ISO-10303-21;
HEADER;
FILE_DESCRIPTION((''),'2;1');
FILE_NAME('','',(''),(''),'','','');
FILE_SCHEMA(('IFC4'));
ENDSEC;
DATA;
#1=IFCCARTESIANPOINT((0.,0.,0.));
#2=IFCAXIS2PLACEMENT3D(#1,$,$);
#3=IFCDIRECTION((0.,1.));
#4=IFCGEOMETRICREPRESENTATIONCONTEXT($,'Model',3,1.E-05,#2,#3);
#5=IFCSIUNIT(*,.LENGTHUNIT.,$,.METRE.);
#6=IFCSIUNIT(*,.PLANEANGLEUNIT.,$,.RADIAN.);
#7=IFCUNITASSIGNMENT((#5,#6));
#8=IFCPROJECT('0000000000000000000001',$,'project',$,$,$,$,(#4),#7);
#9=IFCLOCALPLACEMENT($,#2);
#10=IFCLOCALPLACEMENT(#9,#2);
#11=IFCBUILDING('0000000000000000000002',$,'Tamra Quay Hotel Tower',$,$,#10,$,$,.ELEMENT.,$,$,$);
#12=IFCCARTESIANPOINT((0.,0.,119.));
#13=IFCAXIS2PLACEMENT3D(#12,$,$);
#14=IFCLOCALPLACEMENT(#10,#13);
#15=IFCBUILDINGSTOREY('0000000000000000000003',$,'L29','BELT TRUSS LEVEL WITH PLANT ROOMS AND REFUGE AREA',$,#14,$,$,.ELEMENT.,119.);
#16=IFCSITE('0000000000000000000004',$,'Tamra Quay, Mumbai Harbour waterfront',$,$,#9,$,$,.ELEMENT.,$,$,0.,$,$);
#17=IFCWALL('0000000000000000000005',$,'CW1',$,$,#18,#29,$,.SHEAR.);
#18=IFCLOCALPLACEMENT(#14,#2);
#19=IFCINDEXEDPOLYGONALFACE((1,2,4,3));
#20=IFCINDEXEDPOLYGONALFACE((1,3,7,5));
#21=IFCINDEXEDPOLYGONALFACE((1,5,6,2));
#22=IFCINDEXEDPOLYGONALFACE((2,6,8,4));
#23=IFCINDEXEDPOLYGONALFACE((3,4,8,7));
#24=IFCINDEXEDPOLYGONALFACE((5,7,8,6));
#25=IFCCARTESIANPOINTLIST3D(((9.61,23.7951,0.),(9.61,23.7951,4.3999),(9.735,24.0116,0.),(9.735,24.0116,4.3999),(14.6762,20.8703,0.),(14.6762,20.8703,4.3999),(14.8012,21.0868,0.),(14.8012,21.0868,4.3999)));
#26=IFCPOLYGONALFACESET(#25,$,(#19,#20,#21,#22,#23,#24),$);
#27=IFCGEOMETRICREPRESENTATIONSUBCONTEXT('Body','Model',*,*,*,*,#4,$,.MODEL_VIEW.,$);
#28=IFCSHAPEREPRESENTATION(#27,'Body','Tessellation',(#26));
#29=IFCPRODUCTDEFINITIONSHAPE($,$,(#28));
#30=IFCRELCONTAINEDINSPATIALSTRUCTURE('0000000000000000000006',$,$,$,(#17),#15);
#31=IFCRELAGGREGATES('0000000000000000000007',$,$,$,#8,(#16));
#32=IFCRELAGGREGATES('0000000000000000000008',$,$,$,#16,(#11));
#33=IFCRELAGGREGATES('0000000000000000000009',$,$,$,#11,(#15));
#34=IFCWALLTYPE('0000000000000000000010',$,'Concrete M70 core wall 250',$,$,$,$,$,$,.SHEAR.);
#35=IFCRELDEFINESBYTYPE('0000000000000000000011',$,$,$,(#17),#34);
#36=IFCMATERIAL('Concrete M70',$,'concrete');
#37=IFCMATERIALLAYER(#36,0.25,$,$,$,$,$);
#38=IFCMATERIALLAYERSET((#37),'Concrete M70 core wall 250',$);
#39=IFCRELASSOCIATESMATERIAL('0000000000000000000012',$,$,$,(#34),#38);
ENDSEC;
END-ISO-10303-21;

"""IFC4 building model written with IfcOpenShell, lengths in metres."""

from ifc_helpers import new_model, si_unit, direction, frame, frame_2d, origin, place, context, subcontext, project, spatial, rectangle, extrude, material, layer, layer_set, type_object, element, save


model = new_model("IFC4")

# Units and contexts
model_context = context("Model", 3, precision=1e-05, world=origin(), true_north=direction((0.0, 1.0)))
body_context = subcontext(model_context, "Body", "Model", "MODEL_VIEW")
ifc_project = project(units=[si_unit("LENGTHUNIT", "METRE"), si_unit("PLANEANGLEUNIT", "RADIAN")], contexts=[model_context])

# Site, building, storey
site_placement = place(None, origin())
site = spatial("IfcSite", under=ifc_project, at=site_placement, Name="Tamra Quay, Mumbai Harbour waterfront", CompositionType="ELEMENT", RefElevation=0.0)
building_placement = place(site_placement, origin())
building = spatial("IfcBuilding", under=site, at=building_placement, Name="Tamra Quay Hotel Tower", CompositionType="ELEMENT")
storey_placement = place(building_placement, frame((0.0, 0.0, 119.0)))
storey = spatial("IfcBuildingStorey", under=building, at=storey_placement, Name="L29", Description="BELT TRUSS LEVEL WITH PLANT ROOMS AND REFUGE AREA", CompositionType="ELEMENT", Elevation=119.0)

# Shared definitions
ifc_material_1 = material(Name="Concrete M70", Category="concrete")

# Wall
ifc_layer_1 = layer(ifc_material_1, 0.25)
ifc_layer_set_1 = layer_set([ifc_layer_1], Name="Concrete M70 core wall 250")
wall_type = type_object("IfcWallType", Name="Concrete M70 core wall 250", PredefinedType="SHEAR", material=ifc_layer_set_1)
wall_placement = place(storey_placement, frame((9.6726, 23.9033, 0.0), z_axis=(0.0, 0.0, 1.0), x_axis=(0.866036, -0.499981, 0.0)))
element("IfcWall", 1, at=wall_placement, inside=storey, type_object=wall_type, Name="CW1", PredefinedType="SHEAR", context=body_context, shape_type="SweptSolid", body=[
    extrude(rectangle(XDim=5.8499, YDim=0.25, at=frame_2d((2.9248, 0.0))), origin(), (0.0, 0.0, 1.0), 4.3999),
])

save(model, "model.ifc")
